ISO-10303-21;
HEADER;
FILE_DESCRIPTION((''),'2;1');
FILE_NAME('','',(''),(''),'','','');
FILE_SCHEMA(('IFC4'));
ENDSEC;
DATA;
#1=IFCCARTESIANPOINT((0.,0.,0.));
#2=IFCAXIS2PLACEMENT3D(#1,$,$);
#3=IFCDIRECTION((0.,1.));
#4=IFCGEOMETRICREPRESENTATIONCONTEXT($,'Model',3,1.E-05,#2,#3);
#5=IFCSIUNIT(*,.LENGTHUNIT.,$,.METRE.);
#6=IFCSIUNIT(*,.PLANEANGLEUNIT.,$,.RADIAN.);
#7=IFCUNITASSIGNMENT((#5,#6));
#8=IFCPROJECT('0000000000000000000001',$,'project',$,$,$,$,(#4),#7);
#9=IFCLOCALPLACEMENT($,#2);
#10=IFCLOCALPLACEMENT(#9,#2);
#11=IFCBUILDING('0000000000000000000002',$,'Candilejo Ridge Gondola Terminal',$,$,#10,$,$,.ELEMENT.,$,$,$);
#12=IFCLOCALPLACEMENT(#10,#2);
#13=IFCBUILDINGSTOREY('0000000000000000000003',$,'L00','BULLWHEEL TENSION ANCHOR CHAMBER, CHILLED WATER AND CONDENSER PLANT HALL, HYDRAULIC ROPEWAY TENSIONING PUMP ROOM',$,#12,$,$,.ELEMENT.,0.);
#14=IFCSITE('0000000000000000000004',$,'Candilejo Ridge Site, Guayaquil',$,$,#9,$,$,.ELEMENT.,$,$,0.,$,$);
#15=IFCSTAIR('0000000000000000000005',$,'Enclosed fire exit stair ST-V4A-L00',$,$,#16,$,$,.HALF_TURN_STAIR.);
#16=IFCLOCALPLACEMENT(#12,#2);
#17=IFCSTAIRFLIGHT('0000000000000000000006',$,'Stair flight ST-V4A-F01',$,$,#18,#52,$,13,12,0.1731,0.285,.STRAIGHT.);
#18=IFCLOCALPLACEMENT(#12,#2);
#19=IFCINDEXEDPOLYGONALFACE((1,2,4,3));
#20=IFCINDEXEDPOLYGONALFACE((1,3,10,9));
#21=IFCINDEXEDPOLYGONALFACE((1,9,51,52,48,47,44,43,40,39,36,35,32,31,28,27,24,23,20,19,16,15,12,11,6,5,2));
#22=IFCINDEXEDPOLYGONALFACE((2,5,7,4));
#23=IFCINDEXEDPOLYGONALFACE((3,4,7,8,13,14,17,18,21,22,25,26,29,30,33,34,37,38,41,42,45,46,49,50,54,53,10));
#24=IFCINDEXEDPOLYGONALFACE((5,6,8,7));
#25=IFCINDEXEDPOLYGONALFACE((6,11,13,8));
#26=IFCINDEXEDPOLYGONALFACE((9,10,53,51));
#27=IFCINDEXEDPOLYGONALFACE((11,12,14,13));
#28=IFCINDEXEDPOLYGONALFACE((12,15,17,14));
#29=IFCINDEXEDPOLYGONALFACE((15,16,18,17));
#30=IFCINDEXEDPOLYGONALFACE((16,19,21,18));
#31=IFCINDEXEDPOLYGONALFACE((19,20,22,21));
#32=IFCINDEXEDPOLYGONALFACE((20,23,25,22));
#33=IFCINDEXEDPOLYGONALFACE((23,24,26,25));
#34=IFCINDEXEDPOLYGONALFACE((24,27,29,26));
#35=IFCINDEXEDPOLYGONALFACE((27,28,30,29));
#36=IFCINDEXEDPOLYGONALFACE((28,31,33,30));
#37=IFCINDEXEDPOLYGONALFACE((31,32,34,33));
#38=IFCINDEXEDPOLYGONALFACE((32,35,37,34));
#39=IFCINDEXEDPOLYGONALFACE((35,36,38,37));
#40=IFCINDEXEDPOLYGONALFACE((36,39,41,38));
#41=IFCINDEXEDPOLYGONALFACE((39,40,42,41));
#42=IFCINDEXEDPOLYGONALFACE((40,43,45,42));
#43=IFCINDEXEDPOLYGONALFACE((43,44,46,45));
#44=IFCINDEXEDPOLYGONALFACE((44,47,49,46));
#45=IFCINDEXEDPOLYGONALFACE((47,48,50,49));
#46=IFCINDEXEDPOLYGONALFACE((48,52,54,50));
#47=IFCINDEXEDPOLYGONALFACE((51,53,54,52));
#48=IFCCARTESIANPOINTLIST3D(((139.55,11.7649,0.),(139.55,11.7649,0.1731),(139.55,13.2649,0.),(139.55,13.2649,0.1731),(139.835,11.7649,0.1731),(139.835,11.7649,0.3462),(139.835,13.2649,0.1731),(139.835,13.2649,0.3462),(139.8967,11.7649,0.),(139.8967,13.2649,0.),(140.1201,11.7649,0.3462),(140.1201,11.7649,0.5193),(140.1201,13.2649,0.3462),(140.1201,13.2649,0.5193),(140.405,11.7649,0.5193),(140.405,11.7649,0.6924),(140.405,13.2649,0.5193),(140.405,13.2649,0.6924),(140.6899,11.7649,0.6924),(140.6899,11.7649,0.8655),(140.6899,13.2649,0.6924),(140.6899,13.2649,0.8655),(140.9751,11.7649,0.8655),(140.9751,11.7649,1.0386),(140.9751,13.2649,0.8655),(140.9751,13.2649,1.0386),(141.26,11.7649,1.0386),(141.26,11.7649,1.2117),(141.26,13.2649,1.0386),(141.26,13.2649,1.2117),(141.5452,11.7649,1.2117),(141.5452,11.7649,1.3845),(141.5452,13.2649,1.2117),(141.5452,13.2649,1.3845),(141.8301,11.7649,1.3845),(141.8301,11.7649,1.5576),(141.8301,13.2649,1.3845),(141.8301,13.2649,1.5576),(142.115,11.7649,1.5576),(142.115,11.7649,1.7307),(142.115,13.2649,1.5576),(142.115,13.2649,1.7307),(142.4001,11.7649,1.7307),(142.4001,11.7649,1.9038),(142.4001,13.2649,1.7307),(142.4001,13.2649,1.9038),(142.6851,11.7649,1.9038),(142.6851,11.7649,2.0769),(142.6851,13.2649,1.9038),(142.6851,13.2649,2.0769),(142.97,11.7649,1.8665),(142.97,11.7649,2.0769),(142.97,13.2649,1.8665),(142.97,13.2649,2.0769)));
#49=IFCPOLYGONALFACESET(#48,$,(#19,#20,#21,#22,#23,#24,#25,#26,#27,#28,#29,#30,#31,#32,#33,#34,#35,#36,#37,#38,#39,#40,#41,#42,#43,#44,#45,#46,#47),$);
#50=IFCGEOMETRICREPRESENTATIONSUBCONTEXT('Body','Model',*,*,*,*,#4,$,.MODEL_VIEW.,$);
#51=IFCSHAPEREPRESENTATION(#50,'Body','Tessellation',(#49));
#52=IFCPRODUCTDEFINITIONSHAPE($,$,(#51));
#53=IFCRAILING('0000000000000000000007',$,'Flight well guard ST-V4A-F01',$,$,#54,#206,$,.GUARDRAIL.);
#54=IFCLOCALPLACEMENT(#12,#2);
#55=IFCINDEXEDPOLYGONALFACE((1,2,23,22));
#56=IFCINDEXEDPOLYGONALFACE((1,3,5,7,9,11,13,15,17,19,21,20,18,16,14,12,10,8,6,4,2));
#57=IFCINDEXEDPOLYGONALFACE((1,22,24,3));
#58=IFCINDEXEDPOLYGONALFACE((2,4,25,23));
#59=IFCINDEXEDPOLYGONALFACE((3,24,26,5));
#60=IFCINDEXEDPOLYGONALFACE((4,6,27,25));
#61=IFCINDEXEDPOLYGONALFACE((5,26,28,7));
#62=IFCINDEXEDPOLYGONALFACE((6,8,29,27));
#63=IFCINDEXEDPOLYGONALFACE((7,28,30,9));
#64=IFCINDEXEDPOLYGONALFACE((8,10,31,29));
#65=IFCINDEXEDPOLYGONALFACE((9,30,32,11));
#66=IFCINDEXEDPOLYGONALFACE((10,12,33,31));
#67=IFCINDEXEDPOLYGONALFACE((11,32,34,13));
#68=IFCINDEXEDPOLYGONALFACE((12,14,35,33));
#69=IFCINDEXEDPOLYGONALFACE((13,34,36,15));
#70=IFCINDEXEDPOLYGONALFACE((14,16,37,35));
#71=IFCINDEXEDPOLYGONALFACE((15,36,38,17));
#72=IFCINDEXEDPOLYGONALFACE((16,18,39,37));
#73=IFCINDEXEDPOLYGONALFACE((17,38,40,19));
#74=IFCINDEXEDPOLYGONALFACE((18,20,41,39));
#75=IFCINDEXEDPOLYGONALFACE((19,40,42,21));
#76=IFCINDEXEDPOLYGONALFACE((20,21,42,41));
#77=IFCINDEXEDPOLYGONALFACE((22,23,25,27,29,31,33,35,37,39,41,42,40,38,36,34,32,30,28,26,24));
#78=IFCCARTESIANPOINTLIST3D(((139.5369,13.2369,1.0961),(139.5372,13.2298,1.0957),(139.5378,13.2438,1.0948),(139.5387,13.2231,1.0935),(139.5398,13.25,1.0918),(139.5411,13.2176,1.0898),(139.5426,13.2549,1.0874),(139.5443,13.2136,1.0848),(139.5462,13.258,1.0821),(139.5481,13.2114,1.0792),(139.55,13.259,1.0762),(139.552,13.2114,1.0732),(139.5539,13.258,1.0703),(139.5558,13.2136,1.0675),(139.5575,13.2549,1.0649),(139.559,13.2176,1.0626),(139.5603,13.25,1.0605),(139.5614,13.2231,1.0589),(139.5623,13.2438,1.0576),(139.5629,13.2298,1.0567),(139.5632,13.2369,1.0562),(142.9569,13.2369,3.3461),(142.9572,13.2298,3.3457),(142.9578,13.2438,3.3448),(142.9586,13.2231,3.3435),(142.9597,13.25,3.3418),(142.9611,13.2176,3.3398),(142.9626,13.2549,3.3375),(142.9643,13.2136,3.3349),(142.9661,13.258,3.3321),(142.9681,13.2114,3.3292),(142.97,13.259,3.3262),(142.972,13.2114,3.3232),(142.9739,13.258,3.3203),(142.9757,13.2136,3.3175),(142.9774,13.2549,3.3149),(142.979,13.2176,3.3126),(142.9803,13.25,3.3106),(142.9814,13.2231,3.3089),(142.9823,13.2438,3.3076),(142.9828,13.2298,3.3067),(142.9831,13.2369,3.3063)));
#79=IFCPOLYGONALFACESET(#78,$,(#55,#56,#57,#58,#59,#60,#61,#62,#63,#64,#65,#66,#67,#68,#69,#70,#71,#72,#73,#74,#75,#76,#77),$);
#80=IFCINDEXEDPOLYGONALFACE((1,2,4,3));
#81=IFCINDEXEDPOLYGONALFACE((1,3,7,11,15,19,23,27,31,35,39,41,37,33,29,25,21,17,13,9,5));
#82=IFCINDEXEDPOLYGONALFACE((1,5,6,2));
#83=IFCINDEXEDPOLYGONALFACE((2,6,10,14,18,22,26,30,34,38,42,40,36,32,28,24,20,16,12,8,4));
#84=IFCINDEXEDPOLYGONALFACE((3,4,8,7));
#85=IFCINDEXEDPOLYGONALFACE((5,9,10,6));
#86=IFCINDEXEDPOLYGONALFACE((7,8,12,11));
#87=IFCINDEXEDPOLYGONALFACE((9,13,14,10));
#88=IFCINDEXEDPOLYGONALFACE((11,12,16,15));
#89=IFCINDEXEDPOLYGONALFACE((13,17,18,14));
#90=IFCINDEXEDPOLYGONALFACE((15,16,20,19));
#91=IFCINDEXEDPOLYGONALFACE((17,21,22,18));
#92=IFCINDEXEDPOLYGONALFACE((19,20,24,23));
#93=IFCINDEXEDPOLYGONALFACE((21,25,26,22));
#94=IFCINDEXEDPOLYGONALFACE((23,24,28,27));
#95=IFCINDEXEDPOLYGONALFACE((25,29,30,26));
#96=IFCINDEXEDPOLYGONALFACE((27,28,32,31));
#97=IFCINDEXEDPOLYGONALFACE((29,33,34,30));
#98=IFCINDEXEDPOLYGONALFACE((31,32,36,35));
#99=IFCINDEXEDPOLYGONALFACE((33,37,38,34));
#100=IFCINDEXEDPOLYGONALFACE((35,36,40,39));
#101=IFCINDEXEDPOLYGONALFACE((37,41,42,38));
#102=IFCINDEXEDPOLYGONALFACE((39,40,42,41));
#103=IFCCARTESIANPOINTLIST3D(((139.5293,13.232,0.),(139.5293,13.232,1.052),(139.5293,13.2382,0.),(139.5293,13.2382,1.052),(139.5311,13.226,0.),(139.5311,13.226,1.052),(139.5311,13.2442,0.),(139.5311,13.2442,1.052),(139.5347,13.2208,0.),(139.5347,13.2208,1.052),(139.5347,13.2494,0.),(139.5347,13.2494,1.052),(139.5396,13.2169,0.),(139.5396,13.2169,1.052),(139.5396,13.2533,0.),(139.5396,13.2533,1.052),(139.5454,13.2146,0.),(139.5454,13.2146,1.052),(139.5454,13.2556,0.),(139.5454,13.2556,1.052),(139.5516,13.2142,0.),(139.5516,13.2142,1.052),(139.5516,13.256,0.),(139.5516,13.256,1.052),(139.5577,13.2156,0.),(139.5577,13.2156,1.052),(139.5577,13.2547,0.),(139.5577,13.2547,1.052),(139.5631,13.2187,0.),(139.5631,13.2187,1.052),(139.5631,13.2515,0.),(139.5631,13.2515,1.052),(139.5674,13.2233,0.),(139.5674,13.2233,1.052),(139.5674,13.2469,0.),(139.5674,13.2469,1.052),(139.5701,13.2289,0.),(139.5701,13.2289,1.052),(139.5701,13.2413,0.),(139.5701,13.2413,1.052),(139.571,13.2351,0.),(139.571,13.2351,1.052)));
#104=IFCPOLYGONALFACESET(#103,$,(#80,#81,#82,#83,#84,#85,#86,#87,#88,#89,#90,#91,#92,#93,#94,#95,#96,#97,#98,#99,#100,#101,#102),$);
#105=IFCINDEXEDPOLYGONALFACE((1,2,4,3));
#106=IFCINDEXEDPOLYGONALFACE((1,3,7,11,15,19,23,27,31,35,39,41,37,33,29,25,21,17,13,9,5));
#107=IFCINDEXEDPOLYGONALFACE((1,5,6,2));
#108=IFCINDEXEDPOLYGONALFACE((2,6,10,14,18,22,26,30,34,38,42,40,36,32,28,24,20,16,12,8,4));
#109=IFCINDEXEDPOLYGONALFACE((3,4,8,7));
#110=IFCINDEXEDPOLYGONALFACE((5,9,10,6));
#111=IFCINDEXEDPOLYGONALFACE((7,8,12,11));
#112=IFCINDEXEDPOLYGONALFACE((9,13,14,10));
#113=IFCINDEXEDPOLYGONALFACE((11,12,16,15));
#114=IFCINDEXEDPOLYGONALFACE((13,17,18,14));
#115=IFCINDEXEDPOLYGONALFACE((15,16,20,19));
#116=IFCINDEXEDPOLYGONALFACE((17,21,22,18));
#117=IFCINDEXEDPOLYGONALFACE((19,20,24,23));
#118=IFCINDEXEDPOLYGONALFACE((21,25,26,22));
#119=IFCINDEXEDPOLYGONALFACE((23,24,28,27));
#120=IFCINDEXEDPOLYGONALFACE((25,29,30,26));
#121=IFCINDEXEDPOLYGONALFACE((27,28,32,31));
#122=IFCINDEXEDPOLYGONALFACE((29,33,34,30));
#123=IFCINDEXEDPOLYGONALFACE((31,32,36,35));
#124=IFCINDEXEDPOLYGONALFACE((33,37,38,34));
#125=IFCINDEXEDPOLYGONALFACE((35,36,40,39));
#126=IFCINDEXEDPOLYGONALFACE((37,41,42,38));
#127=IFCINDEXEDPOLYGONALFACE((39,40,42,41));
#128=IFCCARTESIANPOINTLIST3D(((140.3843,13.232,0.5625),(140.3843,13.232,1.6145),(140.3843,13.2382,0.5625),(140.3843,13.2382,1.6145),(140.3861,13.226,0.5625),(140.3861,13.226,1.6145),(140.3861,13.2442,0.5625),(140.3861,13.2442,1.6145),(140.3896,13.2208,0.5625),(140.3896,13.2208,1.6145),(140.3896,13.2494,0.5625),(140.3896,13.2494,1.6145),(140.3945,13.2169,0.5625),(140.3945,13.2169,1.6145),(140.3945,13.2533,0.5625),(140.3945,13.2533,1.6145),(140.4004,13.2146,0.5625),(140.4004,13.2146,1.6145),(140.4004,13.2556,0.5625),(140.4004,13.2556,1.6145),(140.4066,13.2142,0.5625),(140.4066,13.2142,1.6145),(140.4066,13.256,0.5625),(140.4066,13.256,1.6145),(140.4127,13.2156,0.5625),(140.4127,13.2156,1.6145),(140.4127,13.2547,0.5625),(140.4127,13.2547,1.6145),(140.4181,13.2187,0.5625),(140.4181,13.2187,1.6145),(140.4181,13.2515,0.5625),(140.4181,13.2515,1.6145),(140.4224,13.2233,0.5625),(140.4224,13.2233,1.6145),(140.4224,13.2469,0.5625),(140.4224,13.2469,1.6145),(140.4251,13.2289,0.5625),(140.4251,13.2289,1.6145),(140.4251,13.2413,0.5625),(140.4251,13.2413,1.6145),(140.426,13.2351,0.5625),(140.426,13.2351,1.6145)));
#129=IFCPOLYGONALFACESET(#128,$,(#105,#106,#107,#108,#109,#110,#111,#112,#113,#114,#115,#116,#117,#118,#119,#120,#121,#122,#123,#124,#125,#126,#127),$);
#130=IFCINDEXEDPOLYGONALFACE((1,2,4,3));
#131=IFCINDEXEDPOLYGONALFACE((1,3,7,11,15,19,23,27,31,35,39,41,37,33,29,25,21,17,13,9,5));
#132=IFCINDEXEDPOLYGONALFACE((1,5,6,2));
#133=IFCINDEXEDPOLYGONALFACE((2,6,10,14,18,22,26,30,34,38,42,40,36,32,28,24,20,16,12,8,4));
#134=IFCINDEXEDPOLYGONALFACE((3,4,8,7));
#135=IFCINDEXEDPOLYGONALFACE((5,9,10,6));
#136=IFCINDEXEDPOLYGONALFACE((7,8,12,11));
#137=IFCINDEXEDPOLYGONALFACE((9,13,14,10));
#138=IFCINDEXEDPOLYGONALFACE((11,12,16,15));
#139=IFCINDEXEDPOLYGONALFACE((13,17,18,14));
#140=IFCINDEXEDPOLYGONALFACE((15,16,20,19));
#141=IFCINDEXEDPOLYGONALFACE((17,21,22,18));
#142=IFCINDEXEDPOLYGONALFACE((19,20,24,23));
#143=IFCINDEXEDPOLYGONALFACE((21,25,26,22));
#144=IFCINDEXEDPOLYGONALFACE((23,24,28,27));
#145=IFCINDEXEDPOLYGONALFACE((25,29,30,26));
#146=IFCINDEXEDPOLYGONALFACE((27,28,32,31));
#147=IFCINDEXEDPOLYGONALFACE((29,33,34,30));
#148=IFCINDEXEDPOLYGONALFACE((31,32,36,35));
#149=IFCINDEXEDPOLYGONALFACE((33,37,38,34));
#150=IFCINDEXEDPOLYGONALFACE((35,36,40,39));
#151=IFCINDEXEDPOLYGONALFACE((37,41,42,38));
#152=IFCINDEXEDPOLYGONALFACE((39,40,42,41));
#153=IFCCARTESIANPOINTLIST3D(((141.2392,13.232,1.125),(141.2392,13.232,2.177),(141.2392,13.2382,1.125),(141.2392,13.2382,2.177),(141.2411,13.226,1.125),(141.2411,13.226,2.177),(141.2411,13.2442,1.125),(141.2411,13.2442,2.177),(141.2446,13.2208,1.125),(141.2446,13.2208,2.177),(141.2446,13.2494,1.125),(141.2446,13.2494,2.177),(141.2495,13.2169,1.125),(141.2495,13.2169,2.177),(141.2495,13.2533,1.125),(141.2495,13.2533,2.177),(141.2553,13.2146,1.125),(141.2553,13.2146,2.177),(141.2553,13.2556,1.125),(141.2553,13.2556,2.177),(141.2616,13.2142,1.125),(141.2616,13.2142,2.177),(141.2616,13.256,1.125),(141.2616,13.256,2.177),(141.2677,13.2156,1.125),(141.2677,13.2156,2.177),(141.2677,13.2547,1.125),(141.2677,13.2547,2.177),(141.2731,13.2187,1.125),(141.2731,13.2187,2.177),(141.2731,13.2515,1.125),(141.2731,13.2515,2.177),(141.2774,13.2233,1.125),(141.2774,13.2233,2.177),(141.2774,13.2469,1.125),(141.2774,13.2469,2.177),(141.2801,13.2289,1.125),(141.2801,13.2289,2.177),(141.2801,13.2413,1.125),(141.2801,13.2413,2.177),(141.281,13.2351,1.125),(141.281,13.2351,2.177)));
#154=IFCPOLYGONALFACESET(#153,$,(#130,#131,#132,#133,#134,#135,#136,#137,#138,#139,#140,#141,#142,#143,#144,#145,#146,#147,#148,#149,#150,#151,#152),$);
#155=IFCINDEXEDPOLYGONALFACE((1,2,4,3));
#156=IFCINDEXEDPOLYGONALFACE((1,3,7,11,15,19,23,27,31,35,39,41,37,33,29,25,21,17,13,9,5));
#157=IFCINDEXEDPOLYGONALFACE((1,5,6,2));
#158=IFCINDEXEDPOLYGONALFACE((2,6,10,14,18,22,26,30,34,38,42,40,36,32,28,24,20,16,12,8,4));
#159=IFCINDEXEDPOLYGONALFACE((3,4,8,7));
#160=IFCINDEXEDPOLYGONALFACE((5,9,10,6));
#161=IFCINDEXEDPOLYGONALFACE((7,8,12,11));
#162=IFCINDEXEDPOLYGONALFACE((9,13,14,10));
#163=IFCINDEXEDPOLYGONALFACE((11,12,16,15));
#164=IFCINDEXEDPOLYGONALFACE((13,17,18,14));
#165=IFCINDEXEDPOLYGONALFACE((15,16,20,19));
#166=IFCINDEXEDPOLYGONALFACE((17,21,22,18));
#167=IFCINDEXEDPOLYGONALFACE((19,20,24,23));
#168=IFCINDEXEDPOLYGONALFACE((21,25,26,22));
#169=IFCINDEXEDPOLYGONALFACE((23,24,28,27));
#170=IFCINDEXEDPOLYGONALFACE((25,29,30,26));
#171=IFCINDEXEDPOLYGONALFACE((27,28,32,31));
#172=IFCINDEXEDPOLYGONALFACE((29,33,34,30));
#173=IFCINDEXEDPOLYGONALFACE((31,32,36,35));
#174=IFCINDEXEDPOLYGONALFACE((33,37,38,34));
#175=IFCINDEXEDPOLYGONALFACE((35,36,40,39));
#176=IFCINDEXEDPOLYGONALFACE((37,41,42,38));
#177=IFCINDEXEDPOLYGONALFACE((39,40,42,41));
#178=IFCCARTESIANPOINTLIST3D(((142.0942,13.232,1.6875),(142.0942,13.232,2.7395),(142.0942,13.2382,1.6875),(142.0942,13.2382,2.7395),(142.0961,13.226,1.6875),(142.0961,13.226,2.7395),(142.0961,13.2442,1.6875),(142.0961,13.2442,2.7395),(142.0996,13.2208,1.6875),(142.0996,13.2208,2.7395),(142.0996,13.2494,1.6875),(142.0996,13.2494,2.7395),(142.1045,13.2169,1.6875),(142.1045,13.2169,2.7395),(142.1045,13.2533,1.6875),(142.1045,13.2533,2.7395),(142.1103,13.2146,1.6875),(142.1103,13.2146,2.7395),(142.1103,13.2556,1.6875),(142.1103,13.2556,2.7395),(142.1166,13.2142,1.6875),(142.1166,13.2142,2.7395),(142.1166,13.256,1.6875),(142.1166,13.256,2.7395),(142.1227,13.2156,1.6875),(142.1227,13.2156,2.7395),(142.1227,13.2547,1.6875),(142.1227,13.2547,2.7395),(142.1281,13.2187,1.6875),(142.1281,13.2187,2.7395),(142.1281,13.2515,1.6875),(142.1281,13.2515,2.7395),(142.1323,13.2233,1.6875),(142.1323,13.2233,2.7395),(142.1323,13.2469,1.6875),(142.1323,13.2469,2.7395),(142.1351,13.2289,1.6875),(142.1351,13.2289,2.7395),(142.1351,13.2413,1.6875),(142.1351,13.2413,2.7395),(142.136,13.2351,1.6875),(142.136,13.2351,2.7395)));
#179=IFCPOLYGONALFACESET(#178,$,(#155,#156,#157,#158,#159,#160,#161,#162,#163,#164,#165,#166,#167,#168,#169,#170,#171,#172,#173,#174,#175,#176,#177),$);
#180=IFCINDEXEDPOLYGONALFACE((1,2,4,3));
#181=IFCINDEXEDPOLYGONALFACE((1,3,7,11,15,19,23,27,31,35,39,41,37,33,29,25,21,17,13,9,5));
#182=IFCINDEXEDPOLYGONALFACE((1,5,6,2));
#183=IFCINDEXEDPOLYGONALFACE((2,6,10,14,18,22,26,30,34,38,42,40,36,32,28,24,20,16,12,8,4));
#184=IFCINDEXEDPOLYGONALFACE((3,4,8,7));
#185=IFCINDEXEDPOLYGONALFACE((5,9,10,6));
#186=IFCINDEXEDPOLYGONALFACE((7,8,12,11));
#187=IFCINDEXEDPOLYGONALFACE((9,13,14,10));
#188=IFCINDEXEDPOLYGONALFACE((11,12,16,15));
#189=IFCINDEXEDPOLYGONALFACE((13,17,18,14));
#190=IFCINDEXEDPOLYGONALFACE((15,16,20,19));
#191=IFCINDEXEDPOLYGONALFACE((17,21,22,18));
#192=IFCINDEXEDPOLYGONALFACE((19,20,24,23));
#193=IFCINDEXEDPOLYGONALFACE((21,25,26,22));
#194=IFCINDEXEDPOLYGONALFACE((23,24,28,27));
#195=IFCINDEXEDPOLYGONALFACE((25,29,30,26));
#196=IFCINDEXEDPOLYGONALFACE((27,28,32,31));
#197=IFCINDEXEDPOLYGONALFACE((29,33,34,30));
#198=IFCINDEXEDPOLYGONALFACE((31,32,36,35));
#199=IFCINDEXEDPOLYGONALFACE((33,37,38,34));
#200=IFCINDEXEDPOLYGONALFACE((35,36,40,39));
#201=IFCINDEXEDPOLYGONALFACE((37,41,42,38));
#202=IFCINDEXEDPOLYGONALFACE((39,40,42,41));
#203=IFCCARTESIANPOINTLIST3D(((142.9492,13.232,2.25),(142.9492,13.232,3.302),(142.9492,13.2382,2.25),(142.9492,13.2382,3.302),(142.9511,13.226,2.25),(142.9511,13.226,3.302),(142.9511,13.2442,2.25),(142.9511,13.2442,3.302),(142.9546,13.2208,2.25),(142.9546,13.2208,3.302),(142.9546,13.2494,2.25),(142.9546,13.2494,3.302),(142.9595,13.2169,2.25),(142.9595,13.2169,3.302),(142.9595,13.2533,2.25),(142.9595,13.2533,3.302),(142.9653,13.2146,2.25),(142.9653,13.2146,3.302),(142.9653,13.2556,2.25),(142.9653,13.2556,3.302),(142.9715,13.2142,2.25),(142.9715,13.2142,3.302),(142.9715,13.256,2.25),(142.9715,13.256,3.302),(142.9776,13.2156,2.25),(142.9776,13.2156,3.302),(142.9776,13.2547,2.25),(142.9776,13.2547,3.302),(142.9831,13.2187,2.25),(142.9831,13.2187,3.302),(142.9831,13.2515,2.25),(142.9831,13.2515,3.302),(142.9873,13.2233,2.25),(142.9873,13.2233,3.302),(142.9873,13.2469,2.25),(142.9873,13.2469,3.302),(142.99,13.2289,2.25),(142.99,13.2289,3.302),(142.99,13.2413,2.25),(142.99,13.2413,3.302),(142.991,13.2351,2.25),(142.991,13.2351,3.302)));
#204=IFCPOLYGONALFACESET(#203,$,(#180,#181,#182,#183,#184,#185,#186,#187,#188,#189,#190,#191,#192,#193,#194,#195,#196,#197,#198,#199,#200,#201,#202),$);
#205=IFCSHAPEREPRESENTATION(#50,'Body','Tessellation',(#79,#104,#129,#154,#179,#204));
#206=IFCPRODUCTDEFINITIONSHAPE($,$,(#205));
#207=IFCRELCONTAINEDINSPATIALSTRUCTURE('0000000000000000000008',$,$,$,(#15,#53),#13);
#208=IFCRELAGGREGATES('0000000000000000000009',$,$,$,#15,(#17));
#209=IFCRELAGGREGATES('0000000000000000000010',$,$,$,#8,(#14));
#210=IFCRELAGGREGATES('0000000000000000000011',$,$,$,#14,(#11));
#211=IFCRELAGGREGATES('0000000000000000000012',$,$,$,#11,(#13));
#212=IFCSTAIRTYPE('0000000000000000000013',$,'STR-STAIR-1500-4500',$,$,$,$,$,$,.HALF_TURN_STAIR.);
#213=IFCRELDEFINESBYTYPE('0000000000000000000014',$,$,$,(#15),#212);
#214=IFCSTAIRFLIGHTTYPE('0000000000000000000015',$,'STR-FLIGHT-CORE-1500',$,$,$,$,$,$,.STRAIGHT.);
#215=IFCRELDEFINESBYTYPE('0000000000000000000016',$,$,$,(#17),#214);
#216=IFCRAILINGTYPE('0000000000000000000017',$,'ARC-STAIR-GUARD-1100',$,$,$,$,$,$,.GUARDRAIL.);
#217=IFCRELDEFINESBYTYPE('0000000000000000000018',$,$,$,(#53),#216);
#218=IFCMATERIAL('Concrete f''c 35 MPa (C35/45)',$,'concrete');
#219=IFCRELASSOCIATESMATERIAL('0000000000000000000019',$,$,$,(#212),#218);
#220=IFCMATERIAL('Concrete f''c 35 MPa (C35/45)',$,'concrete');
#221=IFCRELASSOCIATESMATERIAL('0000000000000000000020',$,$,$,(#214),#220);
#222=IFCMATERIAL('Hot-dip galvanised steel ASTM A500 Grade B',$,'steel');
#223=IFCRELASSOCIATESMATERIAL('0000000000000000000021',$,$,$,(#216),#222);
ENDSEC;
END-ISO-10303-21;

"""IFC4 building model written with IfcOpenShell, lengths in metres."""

from ifc_helpers import new_model, si_unit, direction, frame, origin, origin_2d, place, context, subcontext, project, spatial, polyline, circle, outline, extrude, material, type_object, element, aggregate, save


model = new_model("IFC4")

# Units and contexts
model_context = context("Model", 3, precision=1e-05, world=origin(), true_north=direction((0.0, 1.0)))
body_context = subcontext(model_context, "Body", "Model", "MODEL_VIEW")
ifc_project = project(units=[si_unit("LENGTHUNIT", "METRE"), si_unit("PLANEANGLEUNIT", "RADIAN")], contexts=[model_context])

# Site, building, storey
site_placement = place(None, origin())
site = spatial("IfcSite", under=ifc_project, at=site_placement, Name="Candilejo Ridge Site, Guayaquil", CompositionType="ELEMENT", RefElevation=0.0)
building_placement = place(site_placement, origin())
building = spatial("IfcBuilding", under=site, at=building_placement, Name="Candilejo Ridge Gondola Terminal", CompositionType="ELEMENT")
storey_placement = place(building_placement, origin())
storey = spatial("IfcBuildingStorey", under=building, at=storey_placement, Name="L00", Description="BULLWHEEL TENSION ANCHOR CHAMBER, CHILLED WATER AND CONDENSER PLANT HALL, HYDRAULIC ROPEWAY TENSIONING PUMP ROOM", CompositionType="ELEMENT", Elevation=0.0)

# Stair, stair flight
ifc_material_1 = material(Name="Concrete f'c 35 MPa (C35/45)", Category="concrete")
stair_type = type_object("IfcStairType", Name="STR-STAIR-1500-4500", PredefinedType="HALF_TURN_STAIR", material=ifc_material_1)
stair_placement = place(storey_placement, origin())
stair = element("IfcStair", 1, at=stair_placement, inside=storey, type_object=stair_type, Name="Enclosed fire exit stair ST-V4A-L00", PredefinedType="HALF_TURN_STAIR")
ifc_material_2 = material(Name="Concrete f'c 35 MPa (C35/45)", Category="concrete")
stair_flight_type = type_object("IfcStairFlightType", Name="STR-FLIGHT-CORE-1500", PredefinedType="STRAIGHT", material=ifc_material_2)
stair_flight_placement = place(storey_placement, frame((139.55, 12.5149, 0.0), z_axis=(0.0, 0.0, 1.0), x_axis=(1.0, 0.0, 0.0)))
stair_flight = element("IfcStairFlight", 2, at=stair_flight_placement, type_object=stair_flight_type, Name="Stair flight ST-V4A-F01", NumberOfRisers=13, NumberOfTreads=12, PredefinedType="STRAIGHT", RiserHeight=0.1731, TreadLength=0.285, context=body_context, shape_type="SweptSolid", body=[
    extrude(outline(polyline([(0.0, 0.0), (0.0, 0.1731), (0.2849, 0.1731), (0.2849, 0.3462), (0.5701, 0.3462), (0.5701, 0.5193), (0.855, 0.5193), (0.855, 0.6924), (1.1399, 0.6924), (1.1399, 0.8655), (1.425, 0.8655), (1.425, 1.0386), (1.71, 1.0386), (1.71, 1.2117), (1.9951, 1.2117), (1.9951, 1.3845), (2.28, 1.3845), (2.28, 1.5576), (2.5649, 1.5576), (2.5649, 1.7307), (2.8501, 1.7307), (2.8501, 1.9038), (3.135, 1.9038), (3.135, 2.0769), (3.4199, 2.0769), (3.4199, 2.25), (3.4199, 1.8665), (0.3467, 0.0), (0.0, 0.0)])), frame((0.0, 0.75, 0.0), z_axis=(0.0, -1.0, 0.0), x_axis=(1.0, 0.0, 0.0)), (0.0, 0.0, 1.0), 1.5),
])
aggregate(stair, [stair_flight])

# Railing
ifc_material_3 = material(Name="Hot-dip galvanised steel ASTM A500 Grade B", Category="steel")
railing_type_1 = type_object("IfcRailingType", Name="ARC-STAIR-GUARD-1100", PredefinedType="GUARDRAIL", material=ifc_material_3)
railing_1_placement = place(storey_placement, frame((139.55, 13.2351, 0.0)))
element("IfcRailing", 3, at=railing_1_placement, inside=storey, type_object=railing_type_1, Name="Flight well guard ST-V4A-F01", PredefinedType="GUARDRAIL", context=body_context, shape_type="SweptSolid", body=[
    extrude(circle(Radius=0.0239, at=origin_2d()), frame((0.0, 0.0, 1.0762), z_axis=(0.835411, 0.0, 0.549625), x_axis=(0.0, 1.0, 0.0)), (0.0, 0.0, 1.0), 4.0938),
    extrude(circle(Radius=0.021, at=origin_2d()), origin(), (0.0, 0.0, 1.0), 1.052),
    extrude(circle(Radius=0.021, at=origin_2d()), frame((0.855, 0.0, 0.5625)), (0.0, 0.0, 1.0), 1.052),
    extrude(circle(Radius=0.021, at=origin_2d()), frame((1.71, 0.0, 1.125)), (0.0, 0.0, 1.0), 1.052),
    extrude(circle(Radius=0.021, at=origin_2d()), frame((2.5649, 0.0, 1.6875)), (0.0, 0.0, 1.0), 1.052),
    extrude(circle(Radius=0.021, at=origin_2d()), frame((3.4199, 0.0, 2.25)), (0.0, 0.0, 1.0), 1.052),
])

save(model, "model.ifc")
